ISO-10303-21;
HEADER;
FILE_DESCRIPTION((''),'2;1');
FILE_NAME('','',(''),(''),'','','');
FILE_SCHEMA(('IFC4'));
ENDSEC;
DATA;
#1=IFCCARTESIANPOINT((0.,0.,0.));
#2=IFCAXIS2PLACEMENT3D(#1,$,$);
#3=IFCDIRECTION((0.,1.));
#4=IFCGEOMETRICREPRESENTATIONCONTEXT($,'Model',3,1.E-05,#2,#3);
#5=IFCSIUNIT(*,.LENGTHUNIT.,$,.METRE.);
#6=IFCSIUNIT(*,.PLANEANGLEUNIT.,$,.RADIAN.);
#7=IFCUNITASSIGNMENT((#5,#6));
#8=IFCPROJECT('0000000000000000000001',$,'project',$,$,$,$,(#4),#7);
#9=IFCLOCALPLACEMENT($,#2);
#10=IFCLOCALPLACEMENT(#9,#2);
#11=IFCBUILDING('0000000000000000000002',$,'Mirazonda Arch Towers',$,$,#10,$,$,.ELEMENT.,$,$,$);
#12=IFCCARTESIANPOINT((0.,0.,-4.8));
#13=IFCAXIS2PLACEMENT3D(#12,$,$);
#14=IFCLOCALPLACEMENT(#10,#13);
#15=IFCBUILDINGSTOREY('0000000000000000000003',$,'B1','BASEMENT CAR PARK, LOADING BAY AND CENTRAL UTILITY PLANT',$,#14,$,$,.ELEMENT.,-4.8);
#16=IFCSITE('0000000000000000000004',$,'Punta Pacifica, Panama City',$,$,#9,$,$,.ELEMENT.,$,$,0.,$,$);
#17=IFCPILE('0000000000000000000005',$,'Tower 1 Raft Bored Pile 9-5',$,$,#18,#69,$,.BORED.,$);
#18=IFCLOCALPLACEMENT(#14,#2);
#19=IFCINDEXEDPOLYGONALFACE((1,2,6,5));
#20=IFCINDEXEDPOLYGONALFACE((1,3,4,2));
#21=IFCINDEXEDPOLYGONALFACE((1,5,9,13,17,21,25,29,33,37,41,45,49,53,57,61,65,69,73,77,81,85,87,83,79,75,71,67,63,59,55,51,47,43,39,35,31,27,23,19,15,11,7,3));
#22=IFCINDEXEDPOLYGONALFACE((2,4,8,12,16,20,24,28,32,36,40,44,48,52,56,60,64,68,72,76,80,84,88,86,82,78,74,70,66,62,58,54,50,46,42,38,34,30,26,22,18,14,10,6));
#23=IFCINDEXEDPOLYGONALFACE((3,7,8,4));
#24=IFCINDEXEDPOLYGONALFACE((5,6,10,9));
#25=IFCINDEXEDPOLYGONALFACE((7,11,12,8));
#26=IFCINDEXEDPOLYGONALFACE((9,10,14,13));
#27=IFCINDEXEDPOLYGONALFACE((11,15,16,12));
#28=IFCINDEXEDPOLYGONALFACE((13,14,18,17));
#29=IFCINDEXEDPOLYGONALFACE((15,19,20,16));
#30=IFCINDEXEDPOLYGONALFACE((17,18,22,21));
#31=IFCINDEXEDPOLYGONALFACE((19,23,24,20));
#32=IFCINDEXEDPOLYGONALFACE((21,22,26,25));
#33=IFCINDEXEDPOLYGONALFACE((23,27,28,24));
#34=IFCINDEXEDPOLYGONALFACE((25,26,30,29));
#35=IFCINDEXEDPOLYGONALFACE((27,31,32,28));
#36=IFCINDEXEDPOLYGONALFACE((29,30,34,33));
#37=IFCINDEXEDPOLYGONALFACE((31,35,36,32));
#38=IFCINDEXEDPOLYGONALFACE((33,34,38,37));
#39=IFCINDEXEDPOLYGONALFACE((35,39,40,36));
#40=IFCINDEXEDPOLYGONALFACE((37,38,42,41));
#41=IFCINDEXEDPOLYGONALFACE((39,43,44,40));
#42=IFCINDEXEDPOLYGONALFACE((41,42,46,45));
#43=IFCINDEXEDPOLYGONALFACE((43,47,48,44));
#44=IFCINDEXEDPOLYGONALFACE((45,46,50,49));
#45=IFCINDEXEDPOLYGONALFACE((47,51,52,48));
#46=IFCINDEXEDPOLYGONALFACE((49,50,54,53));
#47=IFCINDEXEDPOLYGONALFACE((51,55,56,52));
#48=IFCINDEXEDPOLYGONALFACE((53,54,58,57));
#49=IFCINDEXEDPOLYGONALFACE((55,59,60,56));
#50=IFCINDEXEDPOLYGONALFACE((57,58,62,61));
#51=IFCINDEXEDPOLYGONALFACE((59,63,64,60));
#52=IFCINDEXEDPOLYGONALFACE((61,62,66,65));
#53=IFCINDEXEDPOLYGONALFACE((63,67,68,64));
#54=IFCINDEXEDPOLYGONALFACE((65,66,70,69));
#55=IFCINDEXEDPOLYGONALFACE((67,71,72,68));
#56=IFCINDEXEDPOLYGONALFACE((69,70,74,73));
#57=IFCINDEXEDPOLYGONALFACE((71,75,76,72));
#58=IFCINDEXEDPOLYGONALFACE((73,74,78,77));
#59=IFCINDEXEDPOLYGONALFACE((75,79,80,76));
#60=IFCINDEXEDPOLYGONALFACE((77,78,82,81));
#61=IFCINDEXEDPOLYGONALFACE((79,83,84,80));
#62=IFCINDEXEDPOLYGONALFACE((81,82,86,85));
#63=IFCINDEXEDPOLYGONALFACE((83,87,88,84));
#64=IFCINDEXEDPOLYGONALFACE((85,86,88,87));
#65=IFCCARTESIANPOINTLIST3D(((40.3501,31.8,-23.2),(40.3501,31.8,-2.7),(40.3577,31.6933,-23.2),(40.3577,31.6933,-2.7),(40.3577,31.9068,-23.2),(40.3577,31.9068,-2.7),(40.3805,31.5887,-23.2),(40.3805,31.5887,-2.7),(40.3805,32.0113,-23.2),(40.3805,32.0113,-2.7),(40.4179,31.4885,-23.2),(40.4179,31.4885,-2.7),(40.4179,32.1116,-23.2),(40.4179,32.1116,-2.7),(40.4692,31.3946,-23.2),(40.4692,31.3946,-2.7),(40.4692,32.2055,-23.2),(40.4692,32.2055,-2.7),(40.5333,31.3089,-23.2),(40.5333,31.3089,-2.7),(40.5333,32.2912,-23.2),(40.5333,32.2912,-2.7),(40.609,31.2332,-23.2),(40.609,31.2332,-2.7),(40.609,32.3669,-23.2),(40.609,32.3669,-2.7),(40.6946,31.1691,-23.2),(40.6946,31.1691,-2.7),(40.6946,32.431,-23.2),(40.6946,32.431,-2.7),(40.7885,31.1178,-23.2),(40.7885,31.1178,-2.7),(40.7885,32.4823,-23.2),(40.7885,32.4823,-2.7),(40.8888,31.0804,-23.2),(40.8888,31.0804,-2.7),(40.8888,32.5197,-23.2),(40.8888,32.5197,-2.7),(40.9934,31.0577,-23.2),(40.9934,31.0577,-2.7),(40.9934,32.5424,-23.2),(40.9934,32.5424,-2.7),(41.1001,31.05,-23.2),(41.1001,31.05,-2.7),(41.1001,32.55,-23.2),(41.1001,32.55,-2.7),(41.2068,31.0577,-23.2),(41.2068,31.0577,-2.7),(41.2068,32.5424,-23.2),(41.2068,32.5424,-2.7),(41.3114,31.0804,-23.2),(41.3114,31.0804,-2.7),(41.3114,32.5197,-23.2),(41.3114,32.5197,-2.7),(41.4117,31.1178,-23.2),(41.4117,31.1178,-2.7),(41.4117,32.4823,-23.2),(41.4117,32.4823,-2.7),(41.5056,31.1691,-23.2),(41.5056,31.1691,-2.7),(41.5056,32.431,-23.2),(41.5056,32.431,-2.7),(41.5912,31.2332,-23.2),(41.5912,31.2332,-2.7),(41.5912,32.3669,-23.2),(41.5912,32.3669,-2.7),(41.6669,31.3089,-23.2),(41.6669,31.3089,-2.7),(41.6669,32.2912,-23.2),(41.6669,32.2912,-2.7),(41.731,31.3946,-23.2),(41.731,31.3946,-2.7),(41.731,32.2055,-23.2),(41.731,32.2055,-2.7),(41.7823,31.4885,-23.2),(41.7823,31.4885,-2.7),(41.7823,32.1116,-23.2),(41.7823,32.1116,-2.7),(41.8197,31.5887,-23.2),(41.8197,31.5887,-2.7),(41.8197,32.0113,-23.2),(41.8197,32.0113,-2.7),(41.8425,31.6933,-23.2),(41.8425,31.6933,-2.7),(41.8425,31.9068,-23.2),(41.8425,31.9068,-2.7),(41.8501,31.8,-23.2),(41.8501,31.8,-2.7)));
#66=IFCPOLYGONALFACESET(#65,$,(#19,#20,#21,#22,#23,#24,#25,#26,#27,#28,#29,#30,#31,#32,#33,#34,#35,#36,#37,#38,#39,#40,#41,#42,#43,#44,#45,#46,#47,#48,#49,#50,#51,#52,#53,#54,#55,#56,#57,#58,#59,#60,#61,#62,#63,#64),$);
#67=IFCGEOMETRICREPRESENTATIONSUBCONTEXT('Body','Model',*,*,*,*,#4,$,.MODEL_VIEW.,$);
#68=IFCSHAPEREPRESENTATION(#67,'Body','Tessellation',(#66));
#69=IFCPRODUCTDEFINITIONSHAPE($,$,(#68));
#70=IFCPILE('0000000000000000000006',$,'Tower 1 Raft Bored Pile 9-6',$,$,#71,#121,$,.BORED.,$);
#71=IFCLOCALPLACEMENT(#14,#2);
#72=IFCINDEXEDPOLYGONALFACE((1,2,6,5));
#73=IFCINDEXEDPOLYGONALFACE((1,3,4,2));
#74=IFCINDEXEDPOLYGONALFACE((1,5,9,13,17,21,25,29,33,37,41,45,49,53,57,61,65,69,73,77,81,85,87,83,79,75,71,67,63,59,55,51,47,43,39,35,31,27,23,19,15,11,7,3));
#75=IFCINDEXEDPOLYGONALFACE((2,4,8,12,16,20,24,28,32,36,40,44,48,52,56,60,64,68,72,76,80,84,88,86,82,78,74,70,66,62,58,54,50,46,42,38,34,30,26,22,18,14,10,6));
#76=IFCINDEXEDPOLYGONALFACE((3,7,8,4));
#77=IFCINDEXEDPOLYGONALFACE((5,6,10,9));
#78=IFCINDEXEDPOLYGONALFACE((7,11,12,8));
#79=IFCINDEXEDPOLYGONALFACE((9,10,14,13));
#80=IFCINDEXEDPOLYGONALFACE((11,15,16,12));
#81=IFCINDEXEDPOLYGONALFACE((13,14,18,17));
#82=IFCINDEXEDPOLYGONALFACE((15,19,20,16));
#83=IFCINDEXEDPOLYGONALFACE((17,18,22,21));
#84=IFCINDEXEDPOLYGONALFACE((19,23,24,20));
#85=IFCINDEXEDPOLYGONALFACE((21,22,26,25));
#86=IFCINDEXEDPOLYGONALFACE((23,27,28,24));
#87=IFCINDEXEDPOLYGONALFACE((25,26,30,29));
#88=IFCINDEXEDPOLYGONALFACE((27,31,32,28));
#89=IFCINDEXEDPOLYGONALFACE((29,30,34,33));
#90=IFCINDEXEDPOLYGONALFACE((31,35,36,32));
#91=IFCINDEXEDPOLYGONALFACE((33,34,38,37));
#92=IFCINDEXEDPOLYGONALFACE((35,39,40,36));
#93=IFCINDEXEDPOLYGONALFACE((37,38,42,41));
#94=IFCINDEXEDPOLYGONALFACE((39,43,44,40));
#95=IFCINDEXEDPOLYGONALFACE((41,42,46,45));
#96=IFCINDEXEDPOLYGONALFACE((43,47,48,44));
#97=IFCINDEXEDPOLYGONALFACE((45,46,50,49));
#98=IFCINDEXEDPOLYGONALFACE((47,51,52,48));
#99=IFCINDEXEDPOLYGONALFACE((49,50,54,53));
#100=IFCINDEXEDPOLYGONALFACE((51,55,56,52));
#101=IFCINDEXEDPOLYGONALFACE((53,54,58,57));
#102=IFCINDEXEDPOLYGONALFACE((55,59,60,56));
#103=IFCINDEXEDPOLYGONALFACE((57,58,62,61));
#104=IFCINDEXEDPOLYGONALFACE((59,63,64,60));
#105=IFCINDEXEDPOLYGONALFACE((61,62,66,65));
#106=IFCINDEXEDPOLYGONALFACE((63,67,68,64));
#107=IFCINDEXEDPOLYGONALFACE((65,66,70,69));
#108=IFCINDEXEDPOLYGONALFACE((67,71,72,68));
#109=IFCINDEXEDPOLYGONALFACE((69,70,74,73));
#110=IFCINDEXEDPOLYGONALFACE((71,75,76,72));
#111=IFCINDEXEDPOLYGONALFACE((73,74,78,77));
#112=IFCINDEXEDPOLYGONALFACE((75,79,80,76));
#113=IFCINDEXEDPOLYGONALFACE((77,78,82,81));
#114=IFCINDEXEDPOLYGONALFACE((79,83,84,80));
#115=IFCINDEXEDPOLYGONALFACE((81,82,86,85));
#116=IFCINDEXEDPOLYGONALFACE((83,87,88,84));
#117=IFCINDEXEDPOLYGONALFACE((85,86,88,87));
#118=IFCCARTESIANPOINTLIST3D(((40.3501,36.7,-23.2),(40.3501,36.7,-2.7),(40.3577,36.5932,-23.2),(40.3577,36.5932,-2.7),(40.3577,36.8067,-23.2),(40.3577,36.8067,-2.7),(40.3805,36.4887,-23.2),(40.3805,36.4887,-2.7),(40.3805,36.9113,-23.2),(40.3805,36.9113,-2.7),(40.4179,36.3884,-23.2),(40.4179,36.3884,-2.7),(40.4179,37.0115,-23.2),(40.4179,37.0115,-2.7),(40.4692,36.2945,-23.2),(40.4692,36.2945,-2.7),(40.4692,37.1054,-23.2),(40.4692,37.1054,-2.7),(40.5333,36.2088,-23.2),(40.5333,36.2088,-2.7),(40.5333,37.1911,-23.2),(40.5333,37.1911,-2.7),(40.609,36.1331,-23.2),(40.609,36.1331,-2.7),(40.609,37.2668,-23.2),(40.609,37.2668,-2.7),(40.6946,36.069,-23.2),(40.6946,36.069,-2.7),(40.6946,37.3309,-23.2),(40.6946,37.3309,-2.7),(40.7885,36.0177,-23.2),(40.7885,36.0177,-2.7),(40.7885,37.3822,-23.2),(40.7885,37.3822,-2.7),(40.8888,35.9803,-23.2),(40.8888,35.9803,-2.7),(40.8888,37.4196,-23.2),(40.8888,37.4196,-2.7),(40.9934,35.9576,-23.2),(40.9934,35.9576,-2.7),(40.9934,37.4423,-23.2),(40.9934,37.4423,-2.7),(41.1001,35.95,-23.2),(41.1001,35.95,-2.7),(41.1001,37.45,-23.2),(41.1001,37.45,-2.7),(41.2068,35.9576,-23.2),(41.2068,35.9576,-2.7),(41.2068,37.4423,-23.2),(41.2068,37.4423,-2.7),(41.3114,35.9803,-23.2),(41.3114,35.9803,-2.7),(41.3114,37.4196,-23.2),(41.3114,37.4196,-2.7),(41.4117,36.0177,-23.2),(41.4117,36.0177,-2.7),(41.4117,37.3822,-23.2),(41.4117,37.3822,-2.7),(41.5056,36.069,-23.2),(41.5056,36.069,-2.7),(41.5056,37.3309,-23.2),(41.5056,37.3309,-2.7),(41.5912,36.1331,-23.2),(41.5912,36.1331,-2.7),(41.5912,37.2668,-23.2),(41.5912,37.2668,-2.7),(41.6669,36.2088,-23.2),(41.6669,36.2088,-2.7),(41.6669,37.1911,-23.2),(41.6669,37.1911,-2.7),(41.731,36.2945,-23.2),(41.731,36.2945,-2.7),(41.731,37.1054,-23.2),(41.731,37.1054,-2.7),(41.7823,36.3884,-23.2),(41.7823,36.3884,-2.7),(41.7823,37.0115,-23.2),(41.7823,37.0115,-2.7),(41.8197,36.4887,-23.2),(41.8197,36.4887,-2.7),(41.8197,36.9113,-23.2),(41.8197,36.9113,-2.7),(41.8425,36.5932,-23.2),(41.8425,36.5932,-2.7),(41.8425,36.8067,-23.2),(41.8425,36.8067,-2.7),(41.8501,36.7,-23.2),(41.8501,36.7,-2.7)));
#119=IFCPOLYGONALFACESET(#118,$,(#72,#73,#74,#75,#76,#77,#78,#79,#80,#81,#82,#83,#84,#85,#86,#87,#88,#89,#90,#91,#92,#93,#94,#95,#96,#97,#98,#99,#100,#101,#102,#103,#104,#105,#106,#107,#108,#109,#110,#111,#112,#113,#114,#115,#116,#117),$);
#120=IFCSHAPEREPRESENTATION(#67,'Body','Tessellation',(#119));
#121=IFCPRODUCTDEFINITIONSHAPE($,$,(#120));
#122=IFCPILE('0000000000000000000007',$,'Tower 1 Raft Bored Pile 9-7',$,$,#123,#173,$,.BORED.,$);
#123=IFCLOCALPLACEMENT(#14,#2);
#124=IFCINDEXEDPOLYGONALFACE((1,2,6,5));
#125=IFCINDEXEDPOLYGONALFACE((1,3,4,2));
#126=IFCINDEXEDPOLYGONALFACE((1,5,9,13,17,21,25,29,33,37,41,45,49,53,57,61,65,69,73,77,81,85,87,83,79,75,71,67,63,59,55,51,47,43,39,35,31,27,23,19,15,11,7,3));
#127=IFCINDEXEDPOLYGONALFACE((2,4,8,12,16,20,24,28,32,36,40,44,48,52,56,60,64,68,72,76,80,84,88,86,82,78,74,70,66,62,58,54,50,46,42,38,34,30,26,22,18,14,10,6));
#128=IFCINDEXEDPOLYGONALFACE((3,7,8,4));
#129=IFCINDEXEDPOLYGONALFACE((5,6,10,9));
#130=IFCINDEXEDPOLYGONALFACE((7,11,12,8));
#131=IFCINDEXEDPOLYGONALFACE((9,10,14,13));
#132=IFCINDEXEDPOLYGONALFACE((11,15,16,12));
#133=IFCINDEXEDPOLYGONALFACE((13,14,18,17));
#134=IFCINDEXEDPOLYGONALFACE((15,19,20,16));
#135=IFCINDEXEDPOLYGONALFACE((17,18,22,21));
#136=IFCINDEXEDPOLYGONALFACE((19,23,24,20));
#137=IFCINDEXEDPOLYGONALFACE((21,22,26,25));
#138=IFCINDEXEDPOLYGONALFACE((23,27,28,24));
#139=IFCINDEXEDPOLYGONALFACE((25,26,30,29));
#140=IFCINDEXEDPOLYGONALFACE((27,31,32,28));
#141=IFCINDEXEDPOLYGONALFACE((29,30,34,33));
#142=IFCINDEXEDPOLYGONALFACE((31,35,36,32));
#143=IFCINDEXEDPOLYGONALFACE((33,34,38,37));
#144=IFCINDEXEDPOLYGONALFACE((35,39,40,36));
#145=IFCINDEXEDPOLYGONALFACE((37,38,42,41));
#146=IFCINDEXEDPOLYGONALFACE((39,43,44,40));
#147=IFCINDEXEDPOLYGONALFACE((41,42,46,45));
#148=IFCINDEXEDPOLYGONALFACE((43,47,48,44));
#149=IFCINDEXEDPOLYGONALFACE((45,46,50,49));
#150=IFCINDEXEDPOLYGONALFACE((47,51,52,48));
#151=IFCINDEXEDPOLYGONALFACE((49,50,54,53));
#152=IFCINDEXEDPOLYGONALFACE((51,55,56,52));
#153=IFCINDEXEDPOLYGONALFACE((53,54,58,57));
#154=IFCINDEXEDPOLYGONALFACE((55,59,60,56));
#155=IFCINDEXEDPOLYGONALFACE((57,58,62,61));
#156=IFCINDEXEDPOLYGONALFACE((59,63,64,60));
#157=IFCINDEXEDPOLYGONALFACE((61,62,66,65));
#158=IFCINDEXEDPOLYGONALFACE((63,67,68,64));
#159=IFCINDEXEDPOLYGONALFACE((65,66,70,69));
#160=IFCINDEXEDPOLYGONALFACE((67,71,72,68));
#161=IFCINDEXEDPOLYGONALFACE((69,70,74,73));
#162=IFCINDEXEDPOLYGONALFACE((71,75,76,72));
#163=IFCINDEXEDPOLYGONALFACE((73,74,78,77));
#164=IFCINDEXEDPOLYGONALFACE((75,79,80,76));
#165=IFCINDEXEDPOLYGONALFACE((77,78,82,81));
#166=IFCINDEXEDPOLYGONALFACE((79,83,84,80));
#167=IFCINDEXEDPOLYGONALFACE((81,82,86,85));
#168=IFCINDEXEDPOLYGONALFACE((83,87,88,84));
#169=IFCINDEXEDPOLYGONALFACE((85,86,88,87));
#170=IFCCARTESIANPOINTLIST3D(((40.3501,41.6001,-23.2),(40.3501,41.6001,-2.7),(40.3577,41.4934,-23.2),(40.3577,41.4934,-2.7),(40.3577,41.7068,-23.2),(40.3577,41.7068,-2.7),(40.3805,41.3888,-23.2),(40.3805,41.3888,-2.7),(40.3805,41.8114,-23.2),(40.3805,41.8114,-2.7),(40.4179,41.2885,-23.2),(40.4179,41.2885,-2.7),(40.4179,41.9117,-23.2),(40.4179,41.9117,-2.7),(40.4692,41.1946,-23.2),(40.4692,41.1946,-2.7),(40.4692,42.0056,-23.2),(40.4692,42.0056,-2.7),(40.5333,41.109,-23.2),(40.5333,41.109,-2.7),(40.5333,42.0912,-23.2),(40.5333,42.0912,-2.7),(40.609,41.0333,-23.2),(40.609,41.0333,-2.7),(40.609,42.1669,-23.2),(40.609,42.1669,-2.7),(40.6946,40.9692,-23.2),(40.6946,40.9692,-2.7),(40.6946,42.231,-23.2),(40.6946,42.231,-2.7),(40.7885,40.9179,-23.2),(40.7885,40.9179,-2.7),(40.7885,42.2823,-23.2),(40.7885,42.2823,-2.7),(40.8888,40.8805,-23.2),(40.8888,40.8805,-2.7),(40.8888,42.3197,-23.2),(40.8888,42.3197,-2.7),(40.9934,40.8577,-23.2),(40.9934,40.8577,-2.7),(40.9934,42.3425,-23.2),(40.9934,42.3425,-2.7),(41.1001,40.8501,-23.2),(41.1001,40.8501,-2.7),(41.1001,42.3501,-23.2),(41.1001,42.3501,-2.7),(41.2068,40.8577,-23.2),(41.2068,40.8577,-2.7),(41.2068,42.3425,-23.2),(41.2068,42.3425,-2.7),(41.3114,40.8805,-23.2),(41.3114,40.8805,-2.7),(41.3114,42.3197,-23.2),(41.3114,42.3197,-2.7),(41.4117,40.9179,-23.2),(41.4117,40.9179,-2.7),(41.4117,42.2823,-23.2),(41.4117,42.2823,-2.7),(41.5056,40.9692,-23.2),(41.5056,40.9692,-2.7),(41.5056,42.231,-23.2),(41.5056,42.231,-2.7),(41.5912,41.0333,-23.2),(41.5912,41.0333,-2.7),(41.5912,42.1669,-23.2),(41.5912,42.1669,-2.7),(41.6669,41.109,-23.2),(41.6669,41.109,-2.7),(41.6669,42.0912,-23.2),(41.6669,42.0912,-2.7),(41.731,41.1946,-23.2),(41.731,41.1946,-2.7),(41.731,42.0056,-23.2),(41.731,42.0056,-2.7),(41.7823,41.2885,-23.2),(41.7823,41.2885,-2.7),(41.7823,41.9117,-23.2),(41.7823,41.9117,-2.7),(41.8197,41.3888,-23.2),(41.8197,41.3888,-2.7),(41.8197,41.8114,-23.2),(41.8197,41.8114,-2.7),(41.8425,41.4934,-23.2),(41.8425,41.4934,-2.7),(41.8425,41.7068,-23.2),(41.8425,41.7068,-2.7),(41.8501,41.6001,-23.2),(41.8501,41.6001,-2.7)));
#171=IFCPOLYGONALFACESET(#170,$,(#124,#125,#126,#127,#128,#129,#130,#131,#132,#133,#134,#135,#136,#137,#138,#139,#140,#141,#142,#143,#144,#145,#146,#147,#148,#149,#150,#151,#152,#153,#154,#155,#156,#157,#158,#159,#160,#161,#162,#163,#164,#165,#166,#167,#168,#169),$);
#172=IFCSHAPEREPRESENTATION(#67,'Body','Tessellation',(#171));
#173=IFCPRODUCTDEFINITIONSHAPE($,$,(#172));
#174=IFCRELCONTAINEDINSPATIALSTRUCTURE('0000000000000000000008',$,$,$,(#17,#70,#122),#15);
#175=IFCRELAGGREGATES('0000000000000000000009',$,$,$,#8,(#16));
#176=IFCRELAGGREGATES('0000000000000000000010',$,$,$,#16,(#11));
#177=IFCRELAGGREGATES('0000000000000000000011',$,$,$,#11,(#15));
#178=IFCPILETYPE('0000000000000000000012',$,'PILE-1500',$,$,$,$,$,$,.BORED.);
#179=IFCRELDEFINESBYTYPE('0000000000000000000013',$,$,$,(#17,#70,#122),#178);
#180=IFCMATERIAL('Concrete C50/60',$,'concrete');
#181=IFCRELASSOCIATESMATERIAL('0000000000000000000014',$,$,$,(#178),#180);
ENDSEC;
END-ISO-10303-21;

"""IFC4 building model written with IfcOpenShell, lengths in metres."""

from ifc_helpers import new_model, si_unit, direction, frame, origin, origin_2d, place, context, subcontext, project, spatial, circle, extrude, material, material_profile, profile_set, type_object, element, save


model = new_model("IFC4")

# Units and contexts
model_context = context("Model", 3, precision=1e-05, world=origin(), true_north=direction((0.0, 1.0)))
body_context = subcontext(model_context, "Body", "Model", "MODEL_VIEW")
ifc_project = project(units=[si_unit("LENGTHUNIT", "METRE"), si_unit("PLANEANGLEUNIT", "RADIAN")], contexts=[model_context])

# Site, building, storey
site_placement = place(None, origin())
site = spatial("IfcSite", under=ifc_project, at=site_placement, Name="Punta Pacifica, Panama City", CompositionType="ELEMENT", RefElevation=0.0)
building_placement = place(site_placement, origin())
building = spatial("IfcBuilding", under=site, at=building_placement, Name="Mirazonda Arch Towers", CompositionType="ELEMENT")
storey_placement = place(building_placement, frame((0.0, 0.0, -4.8)))
storey = spatial("IfcBuildingStorey", under=building, at=storey_placement, Name="B1", Description="BASEMENT CAR PARK, LOADING BAY AND CENTRAL UTILITY PLANT", CompositionType="ELEMENT", Elevation=-4.8)

# Piles
ifc_material_1 = material(Name="Concrete C50/60", Category="concrete")
ifc_material_profile_1 = material_profile(ifc_material_1, circle(Radius=0.75, at=origin_2d()), Name="BORED-D1500")
ifc_profile_set_1 = profile_set([ifc_material_profile_1], Name="Concrete C50/60")
pile_type_1 = type_object("IfcPileType", Name="PILE-1500", PredefinedType="BORED", material=ifc_profile_set_1)
for number, where, z_axis, x_axis, name in (
    (1, (41.1001, 31.8, -2.7), (0.0, 0.0, -1.0), (1.0, 0.0, 0.0), "Tower 1 Raft Bored Pile 9-5"),
    (2, (41.1001, 36.7, -2.7), (0.0, 0.0, -1.0), (1.0, 0.0, 0.0), "Tower 1 Raft Bored Pile 9-6"),
    (3, (41.1001, 41.6001, -2.7), (0.0, 0.0, -1.0), (1.0, 0.0, 0.0), "Tower 1 Raft Bored Pile 9-7"),
):
    element("IfcPile", number, at=place(storey_placement, frame(where, z_axis=z_axis, x_axis=x_axis)), inside=storey, type_object=pile_type_1, Name=name, PredefinedType="BORED", context=body_context, shape_type="SweptSolid", body=[
        extrude(circle(Radius=0.75, at=origin_2d()), origin(), (0.0, 0.0, 1.0), 20.5),
    ])

save(model, "model.ifc")
